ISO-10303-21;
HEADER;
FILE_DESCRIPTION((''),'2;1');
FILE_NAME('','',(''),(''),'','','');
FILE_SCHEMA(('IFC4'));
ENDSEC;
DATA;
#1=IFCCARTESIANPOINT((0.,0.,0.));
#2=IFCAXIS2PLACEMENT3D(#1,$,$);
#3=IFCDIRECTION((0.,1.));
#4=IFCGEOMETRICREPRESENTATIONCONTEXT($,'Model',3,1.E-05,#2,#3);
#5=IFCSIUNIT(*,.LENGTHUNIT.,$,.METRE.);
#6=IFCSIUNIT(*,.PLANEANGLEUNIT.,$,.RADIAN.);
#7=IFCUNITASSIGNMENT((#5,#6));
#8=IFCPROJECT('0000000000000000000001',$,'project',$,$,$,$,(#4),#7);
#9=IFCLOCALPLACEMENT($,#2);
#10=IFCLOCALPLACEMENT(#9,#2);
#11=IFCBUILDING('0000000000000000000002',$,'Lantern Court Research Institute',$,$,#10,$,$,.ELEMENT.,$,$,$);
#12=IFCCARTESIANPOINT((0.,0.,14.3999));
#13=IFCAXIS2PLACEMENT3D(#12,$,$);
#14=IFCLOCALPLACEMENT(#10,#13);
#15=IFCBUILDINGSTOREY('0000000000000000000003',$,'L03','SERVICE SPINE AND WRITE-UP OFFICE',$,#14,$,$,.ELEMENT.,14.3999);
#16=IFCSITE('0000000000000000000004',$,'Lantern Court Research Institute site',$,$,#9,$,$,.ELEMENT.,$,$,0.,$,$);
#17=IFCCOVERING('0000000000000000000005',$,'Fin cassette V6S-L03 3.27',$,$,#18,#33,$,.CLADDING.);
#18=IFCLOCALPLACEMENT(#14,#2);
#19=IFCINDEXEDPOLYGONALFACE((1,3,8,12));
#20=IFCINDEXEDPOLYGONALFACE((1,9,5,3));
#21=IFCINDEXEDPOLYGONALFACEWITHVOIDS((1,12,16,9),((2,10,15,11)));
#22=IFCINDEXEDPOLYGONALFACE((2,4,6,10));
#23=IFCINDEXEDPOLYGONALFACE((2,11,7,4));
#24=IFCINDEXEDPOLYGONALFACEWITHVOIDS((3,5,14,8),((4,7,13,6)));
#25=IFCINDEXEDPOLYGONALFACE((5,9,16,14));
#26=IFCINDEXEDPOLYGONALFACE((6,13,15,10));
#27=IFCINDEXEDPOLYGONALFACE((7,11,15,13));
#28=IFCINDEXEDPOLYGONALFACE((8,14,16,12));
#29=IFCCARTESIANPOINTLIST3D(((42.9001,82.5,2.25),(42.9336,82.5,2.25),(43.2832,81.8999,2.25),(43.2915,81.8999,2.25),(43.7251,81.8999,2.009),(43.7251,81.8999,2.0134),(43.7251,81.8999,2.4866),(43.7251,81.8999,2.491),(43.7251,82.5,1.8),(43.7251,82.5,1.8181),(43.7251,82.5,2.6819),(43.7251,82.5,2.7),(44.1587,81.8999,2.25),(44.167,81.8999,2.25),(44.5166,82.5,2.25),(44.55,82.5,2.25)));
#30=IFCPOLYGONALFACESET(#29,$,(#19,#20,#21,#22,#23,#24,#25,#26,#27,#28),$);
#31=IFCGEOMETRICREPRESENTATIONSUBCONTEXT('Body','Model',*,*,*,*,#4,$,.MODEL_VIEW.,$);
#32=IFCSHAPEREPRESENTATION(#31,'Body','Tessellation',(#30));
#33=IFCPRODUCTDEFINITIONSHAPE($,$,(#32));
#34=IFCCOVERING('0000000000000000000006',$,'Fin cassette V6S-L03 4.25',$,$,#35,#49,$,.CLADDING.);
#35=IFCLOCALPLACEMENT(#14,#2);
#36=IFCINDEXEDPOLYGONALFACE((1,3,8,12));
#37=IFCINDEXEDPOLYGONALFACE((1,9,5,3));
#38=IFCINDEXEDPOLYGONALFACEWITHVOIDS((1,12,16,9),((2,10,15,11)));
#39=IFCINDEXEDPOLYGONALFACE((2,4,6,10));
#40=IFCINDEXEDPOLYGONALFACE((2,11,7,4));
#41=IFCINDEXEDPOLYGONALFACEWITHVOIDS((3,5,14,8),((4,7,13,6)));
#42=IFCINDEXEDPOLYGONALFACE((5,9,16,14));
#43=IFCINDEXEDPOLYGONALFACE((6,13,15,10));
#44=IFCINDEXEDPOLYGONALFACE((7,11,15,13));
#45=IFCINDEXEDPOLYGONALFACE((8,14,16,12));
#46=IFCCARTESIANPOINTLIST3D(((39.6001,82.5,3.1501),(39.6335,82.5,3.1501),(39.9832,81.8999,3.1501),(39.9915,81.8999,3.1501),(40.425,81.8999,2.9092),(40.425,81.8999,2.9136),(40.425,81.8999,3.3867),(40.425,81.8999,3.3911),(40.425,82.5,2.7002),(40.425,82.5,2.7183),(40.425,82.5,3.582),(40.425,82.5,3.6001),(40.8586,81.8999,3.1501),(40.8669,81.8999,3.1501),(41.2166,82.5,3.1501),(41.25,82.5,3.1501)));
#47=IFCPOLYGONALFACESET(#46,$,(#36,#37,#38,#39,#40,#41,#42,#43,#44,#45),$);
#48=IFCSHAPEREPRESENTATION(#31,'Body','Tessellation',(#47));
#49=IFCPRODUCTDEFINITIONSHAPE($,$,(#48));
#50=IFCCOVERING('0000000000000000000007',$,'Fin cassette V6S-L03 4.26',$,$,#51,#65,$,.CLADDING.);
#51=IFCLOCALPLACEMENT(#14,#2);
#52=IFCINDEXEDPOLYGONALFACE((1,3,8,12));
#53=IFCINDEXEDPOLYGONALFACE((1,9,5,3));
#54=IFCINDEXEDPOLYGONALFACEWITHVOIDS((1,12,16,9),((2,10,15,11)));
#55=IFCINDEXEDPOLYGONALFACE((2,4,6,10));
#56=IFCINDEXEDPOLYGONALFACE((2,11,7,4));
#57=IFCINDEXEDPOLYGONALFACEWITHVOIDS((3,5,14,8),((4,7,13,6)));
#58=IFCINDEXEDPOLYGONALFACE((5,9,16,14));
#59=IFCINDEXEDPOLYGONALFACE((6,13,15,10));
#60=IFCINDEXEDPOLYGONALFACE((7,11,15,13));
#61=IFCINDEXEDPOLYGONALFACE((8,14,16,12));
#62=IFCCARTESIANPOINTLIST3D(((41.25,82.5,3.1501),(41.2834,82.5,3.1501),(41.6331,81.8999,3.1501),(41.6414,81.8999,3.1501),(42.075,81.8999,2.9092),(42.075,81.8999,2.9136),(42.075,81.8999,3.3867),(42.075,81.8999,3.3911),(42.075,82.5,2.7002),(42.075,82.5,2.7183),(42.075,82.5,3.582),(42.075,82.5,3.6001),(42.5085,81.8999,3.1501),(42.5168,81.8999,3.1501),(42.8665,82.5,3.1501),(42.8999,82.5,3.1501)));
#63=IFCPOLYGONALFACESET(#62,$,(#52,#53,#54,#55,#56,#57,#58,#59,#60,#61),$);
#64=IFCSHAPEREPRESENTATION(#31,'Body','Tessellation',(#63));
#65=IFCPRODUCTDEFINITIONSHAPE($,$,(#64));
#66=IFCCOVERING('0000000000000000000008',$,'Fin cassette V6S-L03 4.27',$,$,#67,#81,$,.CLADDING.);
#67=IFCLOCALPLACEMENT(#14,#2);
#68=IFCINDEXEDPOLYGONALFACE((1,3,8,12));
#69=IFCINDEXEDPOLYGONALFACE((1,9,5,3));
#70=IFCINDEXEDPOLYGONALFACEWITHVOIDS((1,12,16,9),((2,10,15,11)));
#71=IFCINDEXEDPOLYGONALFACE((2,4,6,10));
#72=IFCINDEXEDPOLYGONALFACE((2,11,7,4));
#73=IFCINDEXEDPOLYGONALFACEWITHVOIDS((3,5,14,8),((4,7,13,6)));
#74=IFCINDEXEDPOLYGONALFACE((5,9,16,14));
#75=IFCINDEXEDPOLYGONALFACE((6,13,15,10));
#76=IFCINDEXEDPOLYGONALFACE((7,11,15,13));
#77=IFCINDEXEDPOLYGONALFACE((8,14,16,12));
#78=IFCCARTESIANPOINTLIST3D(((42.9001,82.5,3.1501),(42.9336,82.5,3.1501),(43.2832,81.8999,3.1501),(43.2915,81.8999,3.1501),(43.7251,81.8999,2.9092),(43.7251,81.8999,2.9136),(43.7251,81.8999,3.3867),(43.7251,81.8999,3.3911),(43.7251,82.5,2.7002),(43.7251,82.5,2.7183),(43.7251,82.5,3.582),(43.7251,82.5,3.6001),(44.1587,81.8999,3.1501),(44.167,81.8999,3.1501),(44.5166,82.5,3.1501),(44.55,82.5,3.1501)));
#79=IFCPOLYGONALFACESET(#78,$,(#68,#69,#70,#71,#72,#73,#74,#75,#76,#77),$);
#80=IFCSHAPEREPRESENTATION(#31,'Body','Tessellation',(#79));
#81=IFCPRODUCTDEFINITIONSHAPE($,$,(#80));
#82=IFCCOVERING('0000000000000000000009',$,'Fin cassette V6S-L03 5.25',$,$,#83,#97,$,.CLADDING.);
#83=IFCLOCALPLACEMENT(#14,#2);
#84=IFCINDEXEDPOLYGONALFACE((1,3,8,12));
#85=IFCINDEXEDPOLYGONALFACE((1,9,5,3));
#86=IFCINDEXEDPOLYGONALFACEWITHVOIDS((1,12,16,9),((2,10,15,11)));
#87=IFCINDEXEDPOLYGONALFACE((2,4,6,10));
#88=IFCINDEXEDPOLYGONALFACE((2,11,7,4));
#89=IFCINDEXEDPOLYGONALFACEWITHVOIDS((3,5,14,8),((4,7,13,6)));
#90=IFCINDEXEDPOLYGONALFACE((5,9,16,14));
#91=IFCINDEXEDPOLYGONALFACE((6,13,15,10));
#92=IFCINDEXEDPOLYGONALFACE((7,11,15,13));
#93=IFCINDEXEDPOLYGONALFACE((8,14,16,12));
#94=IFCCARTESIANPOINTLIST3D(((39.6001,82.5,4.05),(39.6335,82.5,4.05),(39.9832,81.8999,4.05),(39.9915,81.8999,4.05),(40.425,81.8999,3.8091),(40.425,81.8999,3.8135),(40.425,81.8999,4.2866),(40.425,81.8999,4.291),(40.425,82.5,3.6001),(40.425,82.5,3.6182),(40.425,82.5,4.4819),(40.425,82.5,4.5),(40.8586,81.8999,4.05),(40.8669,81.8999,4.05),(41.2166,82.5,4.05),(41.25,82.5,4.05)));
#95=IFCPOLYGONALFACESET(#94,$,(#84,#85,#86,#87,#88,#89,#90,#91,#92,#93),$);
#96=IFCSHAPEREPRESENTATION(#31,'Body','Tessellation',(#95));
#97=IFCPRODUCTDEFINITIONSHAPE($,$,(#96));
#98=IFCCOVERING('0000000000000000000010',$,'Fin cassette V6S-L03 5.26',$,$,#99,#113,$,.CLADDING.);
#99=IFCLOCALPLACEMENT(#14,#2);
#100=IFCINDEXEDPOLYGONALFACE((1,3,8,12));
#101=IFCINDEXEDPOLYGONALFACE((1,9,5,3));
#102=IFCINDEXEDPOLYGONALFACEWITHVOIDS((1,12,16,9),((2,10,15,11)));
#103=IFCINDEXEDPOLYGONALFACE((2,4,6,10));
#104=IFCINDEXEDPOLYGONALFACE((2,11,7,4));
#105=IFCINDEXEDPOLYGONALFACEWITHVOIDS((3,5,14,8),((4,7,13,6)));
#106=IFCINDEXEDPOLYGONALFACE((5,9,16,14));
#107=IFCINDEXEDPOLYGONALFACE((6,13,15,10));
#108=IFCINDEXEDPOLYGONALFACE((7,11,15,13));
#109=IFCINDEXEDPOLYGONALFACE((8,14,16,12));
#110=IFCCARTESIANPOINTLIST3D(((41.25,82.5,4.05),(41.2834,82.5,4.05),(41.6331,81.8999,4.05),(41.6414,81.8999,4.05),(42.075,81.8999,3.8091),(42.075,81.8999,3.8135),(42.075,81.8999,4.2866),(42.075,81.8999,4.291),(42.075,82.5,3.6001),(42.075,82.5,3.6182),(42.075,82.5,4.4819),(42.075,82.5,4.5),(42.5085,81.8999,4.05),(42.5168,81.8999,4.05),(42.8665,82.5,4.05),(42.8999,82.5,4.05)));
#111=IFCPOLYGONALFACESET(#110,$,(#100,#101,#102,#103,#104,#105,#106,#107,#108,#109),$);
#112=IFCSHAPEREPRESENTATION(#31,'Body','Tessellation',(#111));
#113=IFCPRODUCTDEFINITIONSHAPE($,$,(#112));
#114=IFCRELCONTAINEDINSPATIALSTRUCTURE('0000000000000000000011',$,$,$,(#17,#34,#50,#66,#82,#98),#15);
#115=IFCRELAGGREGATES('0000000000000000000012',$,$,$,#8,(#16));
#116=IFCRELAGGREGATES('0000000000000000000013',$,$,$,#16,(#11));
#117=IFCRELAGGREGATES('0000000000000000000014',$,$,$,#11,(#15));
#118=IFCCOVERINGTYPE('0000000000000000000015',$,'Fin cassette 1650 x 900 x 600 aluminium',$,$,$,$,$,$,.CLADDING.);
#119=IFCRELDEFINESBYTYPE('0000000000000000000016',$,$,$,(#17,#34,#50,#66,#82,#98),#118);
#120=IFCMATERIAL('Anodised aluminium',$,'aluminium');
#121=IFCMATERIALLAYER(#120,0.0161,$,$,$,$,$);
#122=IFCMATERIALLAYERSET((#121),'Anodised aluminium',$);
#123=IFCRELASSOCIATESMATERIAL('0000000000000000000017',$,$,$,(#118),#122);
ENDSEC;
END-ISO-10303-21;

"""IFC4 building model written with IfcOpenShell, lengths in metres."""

from ifc_helpers import new_model, entity, si_unit, direction, frame, origin, place, context, subcontext, project, spatial, material, layer, layer_set, type_object, element, save


model = new_model("IFC4")

# Units and contexts
model_context = context("Model", 3, precision=1e-05, world=origin(), true_north=direction((0.0, 1.0)))
body_context = subcontext(model_context, "Body", "Model", "MODEL_VIEW")
ifc_project = project(units=[si_unit("LENGTHUNIT", "METRE"), si_unit("PLANEANGLEUNIT", "RADIAN")], contexts=[model_context])

# Site, building, storey
site_placement = place(None, origin())
site = spatial("IfcSite", under=ifc_project, at=site_placement, Name="Lantern Court Research Institute site", CompositionType="ELEMENT", RefElevation=0.0)
building_placement = place(site_placement, origin())
building = spatial("IfcBuilding", under=site, at=building_placement, Name="Lantern Court Research Institute", CompositionType="ELEMENT")
storey_placement = place(building_placement, frame((0.0, 0.0, 14.3999)))
storey = spatial("IfcBuildingStorey", under=building, at=storey_placement, Name="L03", Description="SERVICE SPINE AND WRITE-UP OFFICE", CompositionType="ELEMENT", Elevation=14.3999)

# Coverings
ifc_material_1 = material(Name="Anodised aluminium", Category="aluminium")
ifc_layer_1 = layer(ifc_material_1, 0.0161)
ifc_layer_set_1 = layer_set([ifc_layer_1], Name="Anodised aluminium")
covering_type = type_object("IfcCoveringType", Name="Fin cassette 1650 x 900 x 600 aluminium", PredefinedType="CLADDING", material=ifc_layer_set_1)
covering_1_placement = place(storey_placement, frame((43.7251, 82.5, 2.25), z_axis=(0.0, -1.0, 0.0), x_axis=(1.0, 0.0, 0.0)))
cartesian_point_1 = entity("IfcCartesianPoint", [0.825, 0.0])
cartesian_point_2 = entity("IfcCartesianPoint", [0.7915, 0.0])
cartesian_point_3 = entity("IfcCartesianPoint", [0.4419, 0.0])
cartesian_point_4 = entity("IfcCartesianPoint", [0.4336, 0.0])
element("IfcCovering", 1, at=covering_1_placement, inside=storey, type_object=covering_type, Name="Fin cassette V6S-L03 3.27", PredefinedType="CLADDING", context=body_context, shape_type="SweptSolid", body=[
    entity("IfcExtrudedAreaSolidTapered", entity("IfcArbitraryProfileDefWithVoids", "AREA", None, entity("IfcPolyline", [cartesian_point_1, entity("IfcCartesianPoint", [0.0, 0.45]), entity("IfcCartesianPoint", [-0.825, 0.0]), entity("IfcCartesianPoint", [0.0, -0.45]), cartesian_point_1]), [entity("IfcPolyline", [cartesian_point_2, entity("IfcCartesianPoint", [0.0, 0.4319]), entity("IfcCartesianPoint", [-0.7915, 0.0]), entity("IfcCartesianPoint", [0.0, -0.4319]), cartesian_point_2])]), entity("IfcAxis2Placement3D", entity("IfcCartesianPoint", [0.0, 0.0, 0.0])), entity("IfcDirection", [0.0, 0.0, 1.0]), 0.6001, entity("IfcArbitraryProfileDefWithVoids", "AREA", None, entity("IfcPolyline", [cartesian_point_3, entity("IfcCartesianPoint", [0.0, 0.241]), entity("IfcCartesianPoint", [-0.4419, 0.0]), entity("IfcCartesianPoint", [0.0, -0.241]), cartesian_point_3]), [entity("IfcPolyline", [cartesian_point_4, entity("IfcCartesianPoint", [0.0, 0.2366]), entity("IfcCartesianPoint", [-0.4336, 0.0]), entity("IfcCartesianPoint", [0.0, -0.2366]), cartesian_point_4])])),
])
covering_2_placement = place(storey_placement, frame((40.425, 82.5, 3.1501), z_axis=(0.0, -1.0, 0.0), x_axis=(1.0, 0.0, 0.0)))
cartesian_point_5 = entity("IfcCartesianPoint", [0.825, 0.0])
cartesian_point_6 = entity("IfcCartesianPoint", [0.7915, 0.0])
cartesian_point_7 = entity("IfcCartesianPoint", [0.4419, 0.0])
cartesian_point_8 = entity("IfcCartesianPoint", [0.4336, 0.0])
element("IfcCovering", 2, at=covering_2_placement, inside=storey, type_object=covering_type, Name="Fin cassette V6S-L03 4.25", PredefinedType="CLADDING", context=body_context, shape_type="SweptSolid", body=[
    entity("IfcExtrudedAreaSolidTapered", entity("IfcArbitraryProfileDefWithVoids", "AREA", None, entity("IfcPolyline", [cartesian_point_5, entity("IfcCartesianPoint", [0.0, 0.45]), entity("IfcCartesianPoint", [-0.825, 0.0]), entity("IfcCartesianPoint", [0.0, -0.45]), cartesian_point_5]), [entity("IfcPolyline", [cartesian_point_6, entity("IfcCartesianPoint", [0.0, 0.4319]), entity("IfcCartesianPoint", [-0.7915, 0.0]), entity("IfcCartesianPoint", [0.0, -0.4319]), cartesian_point_6])]), entity("IfcAxis2Placement3D", entity("IfcCartesianPoint", [0.0, 0.0, 0.0])), entity("IfcDirection", [0.0, 0.0, 1.0]), 0.6001, entity("IfcArbitraryProfileDefWithVoids", "AREA", None, entity("IfcPolyline", [cartesian_point_7, entity("IfcCartesianPoint", [0.0, 0.241]), entity("IfcCartesianPoint", [-0.4419, 0.0]), entity("IfcCartesianPoint", [0.0, -0.241]), cartesian_point_7]), [entity("IfcPolyline", [cartesian_point_8, entity("IfcCartesianPoint", [0.0, 0.2366]), entity("IfcCartesianPoint", [-0.4336, 0.0]), entity("IfcCartesianPoint", [0.0, -0.2366]), cartesian_point_8])])),
])
covering_3_placement = place(storey_placement, frame((42.075, 82.5, 3.1501), z_axis=(0.0, -1.0, 0.0), x_axis=(1.0, 0.0, 0.0)))
cartesian_point_9 = entity("IfcCartesianPoint", [0.825, 0.0])
cartesian_point_10 = entity("IfcCartesianPoint", [0.7915, 0.0])
cartesian_point_11 = entity("IfcCartesianPoint", [0.4419, 0.0])
cartesian_point_12 = entity("IfcCartesianPoint", [0.4336, 0.0])
element("IfcCovering", 3, at=covering_3_placement, inside=storey, type_object=covering_type, Name="Fin cassette V6S-L03 4.26", PredefinedType="CLADDING", context=body_context, shape_type="SweptSolid", body=[
    entity("IfcExtrudedAreaSolidTapered", entity("IfcArbitraryProfileDefWithVoids", "AREA", None, entity("IfcPolyline", [cartesian_point_9, entity("IfcCartesianPoint", [0.0, 0.45]), entity("IfcCartesianPoint", [-0.825, 0.0]), entity("IfcCartesianPoint", [0.0, -0.45]), cartesian_point_9]), [entity("IfcPolyline", [cartesian_point_10, entity("IfcCartesianPoint", [0.0, 0.4319]), entity("IfcCartesianPoint", [-0.7915, 0.0]), entity("IfcCartesianPoint", [0.0, -0.4319]), cartesian_point_10])]), entity("IfcAxis2Placement3D", entity("IfcCartesianPoint", [0.0, 0.0, 0.0])), entity("IfcDirection", [0.0, 0.0, 1.0]), 0.6001, entity("IfcArbitraryProfileDefWithVoids", "AREA", None, entity("IfcPolyline", [cartesian_point_11, entity("IfcCartesianPoint", [0.0, 0.241]), entity("IfcCartesianPoint", [-0.4419, 0.0]), entity("IfcCartesianPoint", [0.0, -0.241]), cartesian_point_11]), [entity("IfcPolyline", [cartesian_point_12, entity("IfcCartesianPoint", [0.0, 0.2366]), entity("IfcCartesianPoint", [-0.4336, 0.0]), entity("IfcCartesianPoint", [0.0, -0.2366]), cartesian_point_12])])),
])
covering_4_placement = place(storey_placement, frame((43.7251, 82.5, 3.1501), z_axis=(0.0, -1.0, 0.0), x_axis=(1.0, 0.0, 0.0)))
cartesian_point_13 = entity("IfcCartesianPoint", [0.825, 0.0])
cartesian_point_14 = entity("IfcCartesianPoint", [0.7915, 0.0])
cartesian_point_15 = entity("IfcCartesianPoint", [0.4419, 0.0])
cartesian_point_16 = entity("IfcCartesianPoint", [0.4336, 0.0])
element("IfcCovering", 4, at=covering_4_placement, inside=storey, type_object=covering_type, Name="Fin cassette V6S-L03 4.27", PredefinedType="CLADDING", context=body_context, shape_type="SweptSolid", body=[
    entity("IfcExtrudedAreaSolidTapered", entity("IfcArbitraryProfileDefWithVoids", "AREA", None, entity("IfcPolyline", [cartesian_point_13, entity("IfcCartesianPoint", [0.0, 0.45]), entity("IfcCartesianPoint", [-0.825, 0.0]), entity("IfcCartesianPoint", [0.0, -0.45]), cartesian_point_13]), [entity("IfcPolyline", [cartesian_point_14, entity("IfcCartesianPoint", [0.0, 0.4319]), entity("IfcCartesianPoint", [-0.7915, 0.0]), entity("IfcCartesianPoint", [0.0, -0.4319]), cartesian_point_14])]), entity("IfcAxis2Placement3D", entity("IfcCartesianPoint", [0.0, 0.0, 0.0])), entity("IfcDirection", [0.0, 0.0, 1.0]), 0.6001, entity("IfcArbitraryProfileDefWithVoids", "AREA", None, entity("IfcPolyline", [cartesian_point_15, entity("IfcCartesianPoint", [0.0, 0.241]), entity("IfcCartesianPoint", [-0.4419, 0.0]), entity("IfcCartesianPoint", [0.0, -0.241]), cartesian_point_15]), [entity("IfcPolyline", [cartesian_point_16, entity("IfcCartesianPoint", [0.0, 0.2366]), entity("IfcCartesianPoint", [-0.4336, 0.0]), entity("IfcCartesianPoint", [0.0, -0.2366]), cartesian_point_16])])),
])
covering_5_placement = place(storey_placement, frame((40.425, 82.5, 4.05), z_axis=(0.0, -1.0, 0.0), x_axis=(1.0, 0.0, 0.0)))
cartesian_point_17 = entity("IfcCartesianPoint", [0.825, 0.0])
cartesian_point_18 = entity("IfcCartesianPoint", [0.7915, 0.0])
cartesian_point_19 = entity("IfcCartesianPoint", [0.4419, 0.0])
cartesian_point_20 = entity("IfcCartesianPoint", [0.4336, 0.0])
element("IfcCovering", 5, at=covering_5_placement, inside=storey, type_object=covering_type, Name="Fin cassette V6S-L03 5.25", PredefinedType="CLADDING", context=body_context, shape_type="SweptSolid", body=[
    entity("IfcExtrudedAreaSolidTapered", entity("IfcArbitraryProfileDefWithVoids", "AREA", None, entity("IfcPolyline", [cartesian_point_17, entity("IfcCartesianPoint", [0.0, 0.45]), entity("IfcCartesianPoint", [-0.825, 0.0]), entity("IfcCartesianPoint", [0.0, -0.45]), cartesian_point_17]), [entity("IfcPolyline", [cartesian_point_18, entity("IfcCartesianPoint", [0.0, 0.4319]), entity("IfcCartesianPoint", [-0.7915, 0.0]), entity("IfcCartesianPoint", [0.0, -0.4319]), cartesian_point_18])]), entity("IfcAxis2Placement3D", entity("IfcCartesianPoint", [0.0, 0.0, 0.0])), entity("IfcDirection", [0.0, 0.0, 1.0]), 0.6001, entity("IfcArbitraryProfileDefWithVoids", "AREA", None, entity("IfcPolyline", [cartesian_point_19, entity("IfcCartesianPoint", [0.0, 0.241]), entity("IfcCartesianPoint", [-0.4419, 0.0]), entity("IfcCartesianPoint", [0.0, -0.241]), cartesian_point_19]), [entity("IfcPolyline", [cartesian_point_20, entity("IfcCartesianPoint", [0.0, 0.2366]), entity("IfcCartesianPoint", [-0.4336, 0.0]), entity("IfcCartesianPoint", [0.0, -0.2366]), cartesian_point_20])])),
])
covering_6_placement = place(storey_placement, frame((42.075, 82.5, 4.05), z_axis=(0.0, -1.0, 0.0), x_axis=(1.0, 0.0, 0.0)))
cartesian_point_21 = entity("IfcCartesianPoint", [0.825, 0.0])
cartesian_point_22 = entity("IfcCartesianPoint", [0.7915, 0.0])
cartesian_point_23 = entity("IfcCartesianPoint", [0.4419, 0.0])
cartesian_point_24 = entity("IfcCartesianPoint", [0.4336, 0.0])
element("IfcCovering", 6, at=covering_6_placement, inside=storey, type_object=covering_type, Name="Fin cassette V6S-L03 5.26", PredefinedType="CLADDING", context=body_context, shape_type="SweptSolid", body=[
    entity("IfcExtrudedAreaSolidTapered", entity("IfcArbitraryProfileDefWithVoids", "AREA", None, entity("IfcPolyline", [cartesian_point_21, entity("IfcCartesianPoint", [0.0, 0.45]), entity("IfcCartesianPoint", [-0.825, 0.0]), entity("IfcCartesianPoint", [0.0, -0.45]), cartesian_point_21]), [entity("IfcPolyline", [cartesian_point_22, entity("IfcCartesianPoint", [0.0, 0.4319]), entity("IfcCartesianPoint", [-0.7915, 0.0]), entity("IfcCartesianPoint", [0.0, -0.4319]), cartesian_point_22])]), entity("IfcAxis2Placement3D", entity("IfcCartesianPoint", [0.0, 0.0, 0.0])), entity("IfcDirection", [0.0, 0.0, 1.0]), 0.6001, entity("IfcArbitraryProfileDefWithVoids", "AREA", None, entity("IfcPolyline", [cartesian_point_23, entity("IfcCartesianPoint", [0.0, 0.241]), entity("IfcCartesianPoint", [-0.4419, 0.0]), entity("IfcCartesianPoint", [0.0, -0.241]), cartesian_point_23]), [entity("IfcPolyline", [cartesian_point_24, entity("IfcCartesianPoint", [0.0, 0.2366]), entity("IfcCartesianPoint", [-0.4336, 0.0]), entity("IfcCartesianPoint", [0.0, -0.2366]), cartesian_point_24])])),
])

save(model, "model.ifc")
